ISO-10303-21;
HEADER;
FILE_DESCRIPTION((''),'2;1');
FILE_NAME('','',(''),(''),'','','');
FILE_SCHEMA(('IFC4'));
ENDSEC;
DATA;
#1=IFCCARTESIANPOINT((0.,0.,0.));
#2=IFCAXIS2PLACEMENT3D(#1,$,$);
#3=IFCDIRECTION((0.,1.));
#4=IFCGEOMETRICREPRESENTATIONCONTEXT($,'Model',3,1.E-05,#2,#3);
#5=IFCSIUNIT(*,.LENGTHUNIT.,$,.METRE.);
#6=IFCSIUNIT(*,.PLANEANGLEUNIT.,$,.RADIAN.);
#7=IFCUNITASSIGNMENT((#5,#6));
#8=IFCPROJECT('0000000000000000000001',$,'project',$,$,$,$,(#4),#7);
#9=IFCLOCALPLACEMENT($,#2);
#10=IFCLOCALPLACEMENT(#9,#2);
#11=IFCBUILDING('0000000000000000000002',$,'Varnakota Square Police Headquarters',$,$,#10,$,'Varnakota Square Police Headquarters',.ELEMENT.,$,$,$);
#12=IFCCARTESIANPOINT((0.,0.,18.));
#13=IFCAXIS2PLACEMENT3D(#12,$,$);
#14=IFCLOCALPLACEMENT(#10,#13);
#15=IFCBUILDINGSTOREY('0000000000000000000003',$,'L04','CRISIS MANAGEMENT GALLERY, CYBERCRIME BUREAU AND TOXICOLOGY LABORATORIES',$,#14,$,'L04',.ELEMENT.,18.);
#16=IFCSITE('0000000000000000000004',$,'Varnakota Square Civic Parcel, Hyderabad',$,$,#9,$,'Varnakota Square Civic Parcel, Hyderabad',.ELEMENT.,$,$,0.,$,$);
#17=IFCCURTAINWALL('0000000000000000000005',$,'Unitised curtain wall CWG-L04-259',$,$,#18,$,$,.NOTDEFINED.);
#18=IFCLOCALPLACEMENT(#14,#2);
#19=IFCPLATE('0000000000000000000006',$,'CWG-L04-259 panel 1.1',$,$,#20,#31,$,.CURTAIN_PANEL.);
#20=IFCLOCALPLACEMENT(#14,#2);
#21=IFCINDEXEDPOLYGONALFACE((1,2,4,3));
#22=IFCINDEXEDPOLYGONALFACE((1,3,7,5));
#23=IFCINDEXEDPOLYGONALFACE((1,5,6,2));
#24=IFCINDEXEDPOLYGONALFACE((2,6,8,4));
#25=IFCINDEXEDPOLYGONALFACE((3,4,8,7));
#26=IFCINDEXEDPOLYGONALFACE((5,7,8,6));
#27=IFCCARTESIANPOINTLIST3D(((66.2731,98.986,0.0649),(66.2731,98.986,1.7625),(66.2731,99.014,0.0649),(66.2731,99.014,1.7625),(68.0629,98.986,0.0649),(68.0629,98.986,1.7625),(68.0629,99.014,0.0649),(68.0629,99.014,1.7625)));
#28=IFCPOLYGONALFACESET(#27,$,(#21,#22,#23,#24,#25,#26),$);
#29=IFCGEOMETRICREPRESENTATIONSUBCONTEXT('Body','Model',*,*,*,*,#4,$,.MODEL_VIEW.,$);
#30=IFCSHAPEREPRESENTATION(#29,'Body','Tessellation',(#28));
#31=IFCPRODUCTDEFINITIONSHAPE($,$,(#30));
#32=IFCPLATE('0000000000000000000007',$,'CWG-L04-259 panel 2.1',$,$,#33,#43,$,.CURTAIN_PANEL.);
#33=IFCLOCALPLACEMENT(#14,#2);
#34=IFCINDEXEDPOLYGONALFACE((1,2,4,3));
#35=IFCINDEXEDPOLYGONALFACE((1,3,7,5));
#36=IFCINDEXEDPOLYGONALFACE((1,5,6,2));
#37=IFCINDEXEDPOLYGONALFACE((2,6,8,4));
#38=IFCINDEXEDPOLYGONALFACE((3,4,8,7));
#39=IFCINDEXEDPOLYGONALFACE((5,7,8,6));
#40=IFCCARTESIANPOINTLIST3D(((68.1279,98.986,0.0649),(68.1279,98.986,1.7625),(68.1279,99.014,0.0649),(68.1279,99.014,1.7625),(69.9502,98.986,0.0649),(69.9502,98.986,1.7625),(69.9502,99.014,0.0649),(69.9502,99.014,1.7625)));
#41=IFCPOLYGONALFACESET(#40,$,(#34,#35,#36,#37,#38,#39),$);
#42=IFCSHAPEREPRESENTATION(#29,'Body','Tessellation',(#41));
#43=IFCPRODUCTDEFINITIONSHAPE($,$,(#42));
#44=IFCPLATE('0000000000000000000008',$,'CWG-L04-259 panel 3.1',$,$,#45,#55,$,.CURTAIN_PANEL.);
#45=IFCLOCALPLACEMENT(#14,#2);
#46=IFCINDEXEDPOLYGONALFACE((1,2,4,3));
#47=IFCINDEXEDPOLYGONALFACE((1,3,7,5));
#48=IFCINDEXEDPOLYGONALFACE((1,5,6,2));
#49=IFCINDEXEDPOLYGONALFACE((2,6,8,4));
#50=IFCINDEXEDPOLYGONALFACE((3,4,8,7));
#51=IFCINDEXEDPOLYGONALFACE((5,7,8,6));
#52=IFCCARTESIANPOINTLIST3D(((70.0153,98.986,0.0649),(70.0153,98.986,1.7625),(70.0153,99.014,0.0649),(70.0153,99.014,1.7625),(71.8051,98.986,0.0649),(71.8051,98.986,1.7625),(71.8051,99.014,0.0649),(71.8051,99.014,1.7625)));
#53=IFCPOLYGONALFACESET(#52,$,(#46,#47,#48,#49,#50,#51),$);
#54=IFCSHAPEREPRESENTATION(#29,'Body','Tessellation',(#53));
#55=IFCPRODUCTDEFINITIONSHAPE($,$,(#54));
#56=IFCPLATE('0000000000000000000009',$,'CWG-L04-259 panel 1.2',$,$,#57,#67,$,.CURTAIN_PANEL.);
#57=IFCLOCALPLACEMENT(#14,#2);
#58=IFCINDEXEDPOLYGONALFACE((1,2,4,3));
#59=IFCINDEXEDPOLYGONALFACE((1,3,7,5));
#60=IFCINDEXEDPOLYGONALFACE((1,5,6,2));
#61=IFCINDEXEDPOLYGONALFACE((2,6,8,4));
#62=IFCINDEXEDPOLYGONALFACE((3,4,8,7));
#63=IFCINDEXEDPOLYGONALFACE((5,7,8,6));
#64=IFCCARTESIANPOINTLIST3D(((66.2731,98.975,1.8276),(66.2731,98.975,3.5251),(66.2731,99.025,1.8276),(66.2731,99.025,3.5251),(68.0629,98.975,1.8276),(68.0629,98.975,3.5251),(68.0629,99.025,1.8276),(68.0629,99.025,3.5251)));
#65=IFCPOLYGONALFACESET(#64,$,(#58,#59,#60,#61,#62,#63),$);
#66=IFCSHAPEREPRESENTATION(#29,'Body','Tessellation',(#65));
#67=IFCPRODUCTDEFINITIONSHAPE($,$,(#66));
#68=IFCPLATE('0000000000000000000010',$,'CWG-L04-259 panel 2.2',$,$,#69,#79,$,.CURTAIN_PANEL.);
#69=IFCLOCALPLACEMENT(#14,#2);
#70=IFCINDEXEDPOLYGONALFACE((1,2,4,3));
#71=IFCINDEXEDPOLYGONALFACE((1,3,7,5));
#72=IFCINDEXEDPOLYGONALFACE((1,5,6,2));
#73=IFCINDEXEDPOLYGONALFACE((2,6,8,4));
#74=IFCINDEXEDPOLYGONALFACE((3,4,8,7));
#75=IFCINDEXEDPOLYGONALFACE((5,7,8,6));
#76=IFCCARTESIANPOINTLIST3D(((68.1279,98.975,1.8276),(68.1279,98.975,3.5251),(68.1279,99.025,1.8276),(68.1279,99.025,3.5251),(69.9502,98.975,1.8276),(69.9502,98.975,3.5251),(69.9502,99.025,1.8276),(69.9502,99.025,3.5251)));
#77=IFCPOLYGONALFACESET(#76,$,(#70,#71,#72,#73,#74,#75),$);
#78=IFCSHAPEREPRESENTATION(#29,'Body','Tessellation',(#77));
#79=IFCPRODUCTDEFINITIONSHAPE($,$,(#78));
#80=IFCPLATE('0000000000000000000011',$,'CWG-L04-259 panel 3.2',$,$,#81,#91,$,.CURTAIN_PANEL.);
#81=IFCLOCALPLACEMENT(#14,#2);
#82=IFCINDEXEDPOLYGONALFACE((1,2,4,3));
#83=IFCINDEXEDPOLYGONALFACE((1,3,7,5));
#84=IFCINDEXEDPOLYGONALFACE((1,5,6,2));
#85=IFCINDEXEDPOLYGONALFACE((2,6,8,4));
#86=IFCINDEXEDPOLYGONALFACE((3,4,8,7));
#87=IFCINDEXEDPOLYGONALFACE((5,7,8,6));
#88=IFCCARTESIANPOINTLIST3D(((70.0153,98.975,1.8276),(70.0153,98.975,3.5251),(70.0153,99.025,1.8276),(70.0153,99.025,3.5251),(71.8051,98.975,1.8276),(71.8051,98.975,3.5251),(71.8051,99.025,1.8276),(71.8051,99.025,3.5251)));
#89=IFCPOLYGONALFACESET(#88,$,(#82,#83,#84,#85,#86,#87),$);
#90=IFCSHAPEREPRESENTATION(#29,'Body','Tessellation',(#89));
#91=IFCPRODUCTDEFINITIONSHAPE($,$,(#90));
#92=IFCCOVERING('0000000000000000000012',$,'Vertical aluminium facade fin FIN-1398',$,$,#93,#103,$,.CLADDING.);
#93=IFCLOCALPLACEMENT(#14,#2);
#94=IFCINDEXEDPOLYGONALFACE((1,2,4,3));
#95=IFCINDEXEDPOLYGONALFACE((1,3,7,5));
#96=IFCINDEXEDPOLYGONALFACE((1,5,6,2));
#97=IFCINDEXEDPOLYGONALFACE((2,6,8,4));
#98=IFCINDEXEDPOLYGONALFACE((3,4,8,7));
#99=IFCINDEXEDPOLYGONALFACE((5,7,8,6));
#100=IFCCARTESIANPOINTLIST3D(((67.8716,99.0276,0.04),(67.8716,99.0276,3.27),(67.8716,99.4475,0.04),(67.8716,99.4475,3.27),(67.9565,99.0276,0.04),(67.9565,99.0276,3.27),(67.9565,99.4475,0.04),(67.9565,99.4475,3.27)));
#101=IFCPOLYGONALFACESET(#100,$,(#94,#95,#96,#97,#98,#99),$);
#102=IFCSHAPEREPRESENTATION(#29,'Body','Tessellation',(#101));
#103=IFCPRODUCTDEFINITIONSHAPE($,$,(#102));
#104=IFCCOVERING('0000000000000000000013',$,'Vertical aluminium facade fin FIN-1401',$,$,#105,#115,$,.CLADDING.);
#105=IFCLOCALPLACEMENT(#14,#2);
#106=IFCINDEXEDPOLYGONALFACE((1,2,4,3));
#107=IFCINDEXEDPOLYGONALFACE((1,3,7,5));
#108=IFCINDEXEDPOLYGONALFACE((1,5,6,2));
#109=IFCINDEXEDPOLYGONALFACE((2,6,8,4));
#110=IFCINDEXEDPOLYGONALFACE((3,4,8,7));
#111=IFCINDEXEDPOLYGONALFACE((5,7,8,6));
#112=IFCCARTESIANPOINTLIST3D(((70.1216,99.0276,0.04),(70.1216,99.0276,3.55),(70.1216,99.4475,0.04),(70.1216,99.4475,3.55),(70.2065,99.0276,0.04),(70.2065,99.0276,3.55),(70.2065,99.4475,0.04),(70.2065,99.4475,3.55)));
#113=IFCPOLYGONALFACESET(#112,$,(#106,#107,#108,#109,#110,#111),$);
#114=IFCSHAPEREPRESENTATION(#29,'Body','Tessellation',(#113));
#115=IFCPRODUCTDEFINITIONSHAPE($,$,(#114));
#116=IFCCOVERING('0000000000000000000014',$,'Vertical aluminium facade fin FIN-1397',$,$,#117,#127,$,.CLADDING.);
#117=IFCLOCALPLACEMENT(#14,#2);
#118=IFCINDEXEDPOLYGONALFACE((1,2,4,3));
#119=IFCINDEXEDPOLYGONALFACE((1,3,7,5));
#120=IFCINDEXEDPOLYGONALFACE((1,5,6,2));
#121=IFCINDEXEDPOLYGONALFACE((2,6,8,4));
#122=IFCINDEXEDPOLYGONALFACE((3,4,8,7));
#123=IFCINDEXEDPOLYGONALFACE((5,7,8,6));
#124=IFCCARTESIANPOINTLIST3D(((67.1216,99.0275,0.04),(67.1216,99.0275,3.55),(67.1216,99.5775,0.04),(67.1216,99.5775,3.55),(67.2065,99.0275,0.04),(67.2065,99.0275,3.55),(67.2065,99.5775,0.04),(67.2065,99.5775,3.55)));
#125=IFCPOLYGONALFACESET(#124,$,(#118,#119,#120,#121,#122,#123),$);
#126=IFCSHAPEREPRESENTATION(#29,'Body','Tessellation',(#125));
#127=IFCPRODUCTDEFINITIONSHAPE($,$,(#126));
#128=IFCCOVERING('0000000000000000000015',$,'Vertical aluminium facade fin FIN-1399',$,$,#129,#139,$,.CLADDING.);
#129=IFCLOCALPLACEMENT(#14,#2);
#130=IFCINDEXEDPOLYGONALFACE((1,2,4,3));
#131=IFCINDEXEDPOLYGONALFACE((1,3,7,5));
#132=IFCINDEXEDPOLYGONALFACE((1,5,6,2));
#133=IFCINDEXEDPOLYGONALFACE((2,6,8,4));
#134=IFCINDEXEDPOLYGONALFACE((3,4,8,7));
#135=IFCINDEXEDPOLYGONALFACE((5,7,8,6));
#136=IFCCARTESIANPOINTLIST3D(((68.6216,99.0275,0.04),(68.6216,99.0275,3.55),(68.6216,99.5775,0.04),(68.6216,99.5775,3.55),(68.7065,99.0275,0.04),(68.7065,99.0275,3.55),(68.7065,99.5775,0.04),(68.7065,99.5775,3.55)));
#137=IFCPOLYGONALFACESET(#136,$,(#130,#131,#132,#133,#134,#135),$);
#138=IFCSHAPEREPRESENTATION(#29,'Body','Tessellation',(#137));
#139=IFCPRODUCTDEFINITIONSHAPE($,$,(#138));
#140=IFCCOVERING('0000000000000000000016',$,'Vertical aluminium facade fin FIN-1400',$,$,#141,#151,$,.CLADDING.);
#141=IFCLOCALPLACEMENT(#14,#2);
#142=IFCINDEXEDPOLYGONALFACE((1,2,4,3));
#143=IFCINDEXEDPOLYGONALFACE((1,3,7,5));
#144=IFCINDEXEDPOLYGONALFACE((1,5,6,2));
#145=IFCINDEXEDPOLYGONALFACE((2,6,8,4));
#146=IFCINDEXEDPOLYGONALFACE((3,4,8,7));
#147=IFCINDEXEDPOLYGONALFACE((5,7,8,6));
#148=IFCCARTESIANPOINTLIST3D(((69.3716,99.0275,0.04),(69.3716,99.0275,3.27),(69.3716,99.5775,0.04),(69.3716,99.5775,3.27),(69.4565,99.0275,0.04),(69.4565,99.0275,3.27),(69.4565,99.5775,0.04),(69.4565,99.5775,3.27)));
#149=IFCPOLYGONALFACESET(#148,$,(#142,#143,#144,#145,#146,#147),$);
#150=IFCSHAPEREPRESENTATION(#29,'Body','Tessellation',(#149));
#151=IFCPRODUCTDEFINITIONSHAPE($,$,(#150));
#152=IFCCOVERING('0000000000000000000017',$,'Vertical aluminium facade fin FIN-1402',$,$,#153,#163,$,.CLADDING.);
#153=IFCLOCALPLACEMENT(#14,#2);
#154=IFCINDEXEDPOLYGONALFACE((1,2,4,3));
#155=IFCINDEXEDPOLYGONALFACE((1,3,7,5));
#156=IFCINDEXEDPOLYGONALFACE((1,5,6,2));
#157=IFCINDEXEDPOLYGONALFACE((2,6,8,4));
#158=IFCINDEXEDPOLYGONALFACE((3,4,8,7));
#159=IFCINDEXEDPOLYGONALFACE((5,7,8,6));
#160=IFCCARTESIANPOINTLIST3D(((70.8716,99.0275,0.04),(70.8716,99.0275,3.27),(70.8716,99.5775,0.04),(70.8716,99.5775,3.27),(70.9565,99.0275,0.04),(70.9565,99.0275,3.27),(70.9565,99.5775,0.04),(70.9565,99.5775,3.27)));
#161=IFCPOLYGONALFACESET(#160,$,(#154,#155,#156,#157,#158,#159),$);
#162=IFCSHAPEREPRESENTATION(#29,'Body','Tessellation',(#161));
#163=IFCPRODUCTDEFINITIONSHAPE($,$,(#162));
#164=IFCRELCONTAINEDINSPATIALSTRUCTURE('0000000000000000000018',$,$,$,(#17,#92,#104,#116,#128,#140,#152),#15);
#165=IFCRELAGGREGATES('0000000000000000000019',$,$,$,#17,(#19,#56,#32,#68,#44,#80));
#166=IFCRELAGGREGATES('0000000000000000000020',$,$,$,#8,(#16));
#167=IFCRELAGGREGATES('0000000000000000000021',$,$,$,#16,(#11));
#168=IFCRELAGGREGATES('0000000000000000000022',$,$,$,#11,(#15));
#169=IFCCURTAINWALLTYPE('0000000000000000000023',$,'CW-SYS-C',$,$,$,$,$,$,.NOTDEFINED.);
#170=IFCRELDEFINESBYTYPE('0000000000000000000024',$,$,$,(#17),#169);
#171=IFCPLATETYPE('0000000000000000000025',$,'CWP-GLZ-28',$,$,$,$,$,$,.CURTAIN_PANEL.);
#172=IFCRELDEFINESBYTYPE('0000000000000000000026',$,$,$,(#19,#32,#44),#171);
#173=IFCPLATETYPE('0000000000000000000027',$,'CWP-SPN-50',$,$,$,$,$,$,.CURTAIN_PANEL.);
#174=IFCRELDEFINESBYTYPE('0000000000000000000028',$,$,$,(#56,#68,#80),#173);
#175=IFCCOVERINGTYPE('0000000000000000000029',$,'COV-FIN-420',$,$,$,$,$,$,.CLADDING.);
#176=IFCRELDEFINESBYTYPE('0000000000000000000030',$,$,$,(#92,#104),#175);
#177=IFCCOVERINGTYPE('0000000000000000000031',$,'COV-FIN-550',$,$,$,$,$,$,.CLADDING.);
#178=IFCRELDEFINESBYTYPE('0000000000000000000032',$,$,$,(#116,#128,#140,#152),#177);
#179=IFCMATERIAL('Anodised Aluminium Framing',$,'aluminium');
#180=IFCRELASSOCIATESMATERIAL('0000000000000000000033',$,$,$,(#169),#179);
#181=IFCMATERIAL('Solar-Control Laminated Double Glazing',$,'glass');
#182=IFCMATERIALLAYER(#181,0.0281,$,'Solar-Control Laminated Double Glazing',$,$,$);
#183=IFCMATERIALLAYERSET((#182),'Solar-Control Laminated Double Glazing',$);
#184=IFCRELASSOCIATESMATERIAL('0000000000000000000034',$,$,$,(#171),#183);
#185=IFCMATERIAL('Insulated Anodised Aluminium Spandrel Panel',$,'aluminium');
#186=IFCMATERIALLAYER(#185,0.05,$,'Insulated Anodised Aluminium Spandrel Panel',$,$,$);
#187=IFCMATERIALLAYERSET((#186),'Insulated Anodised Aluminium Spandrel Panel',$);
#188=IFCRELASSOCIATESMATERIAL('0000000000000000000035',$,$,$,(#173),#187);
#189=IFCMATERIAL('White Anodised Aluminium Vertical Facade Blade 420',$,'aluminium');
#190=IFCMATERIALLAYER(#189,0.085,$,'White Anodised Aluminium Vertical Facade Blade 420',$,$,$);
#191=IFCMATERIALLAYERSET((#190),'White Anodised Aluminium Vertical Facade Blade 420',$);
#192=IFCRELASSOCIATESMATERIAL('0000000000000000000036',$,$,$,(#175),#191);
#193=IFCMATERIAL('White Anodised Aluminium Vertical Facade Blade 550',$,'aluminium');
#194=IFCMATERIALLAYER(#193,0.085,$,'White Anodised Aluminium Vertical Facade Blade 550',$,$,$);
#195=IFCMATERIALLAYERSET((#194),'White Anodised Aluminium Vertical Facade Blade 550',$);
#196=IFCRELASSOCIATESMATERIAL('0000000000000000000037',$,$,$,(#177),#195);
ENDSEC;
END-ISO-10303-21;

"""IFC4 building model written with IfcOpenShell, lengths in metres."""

from ifc_helpers import new_model, si_unit, direction, frame, origin, origin_2d, place, context, subcontext, project, spatial, rectangle, extrude, material, layer, layer_set, type_object, element, aggregate, save


model = new_model("IFC4")

# Units and contexts
model_context = context("Model", 3, precision=1e-05, world=origin(), true_north=direction((0.0, 1.0)))
body_context = subcontext(model_context, "Body", "Model", "MODEL_VIEW")
ifc_project = project(units=[si_unit("LENGTHUNIT", "METRE"), si_unit("PLANEANGLEUNIT", "RADIAN")], contexts=[model_context])

# Site, building, storey
site_placement = place(None, origin())
site = spatial("IfcSite", under=ifc_project, at=site_placement, Name="Varnakota Square Civic Parcel, Hyderabad", LongName="Varnakota Square Civic Parcel, Hyderabad", CompositionType="ELEMENT", RefElevation=0.0)
building_placement = place(site_placement, origin())
building = spatial("IfcBuilding", under=site, at=building_placement, Name="Varnakota Square Police Headquarters", LongName="Varnakota Square Police Headquarters", CompositionType="ELEMENT")
storey_placement = place(building_placement, frame((0.0, 0.0, 18.0)))
storey = spatial("IfcBuildingStorey", under=building, at=storey_placement, Name="L04", Description="CRISIS MANAGEMENT GALLERY, CYBERCRIME BUREAU AND TOXICOLOGY LABORATORIES", LongName="L04", CompositionType="ELEMENT", Elevation=18.0)

# Curtain wall
ifc_material_1 = material(Name="Anodised Aluminium Framing", Category="aluminium")
curtain_wall_type = type_object("IfcCurtainWallType", Name="CW-SYS-C", PredefinedType="NOTDEFINED", material=ifc_material_1)
curtain_wall_1_placement = place(storey_placement, origin())
curtain_wall_1 = element("IfcCurtainWall", 1, at=curtain_wall_1_placement, inside=storey, type_object=curtain_wall_type, Name="Unitised curtain wall CWG-L04-259", PredefinedType="NOTDEFINED")

# Plates
ifc_material_2 = material(Name="Solar-Control Laminated Double Glazing", Category="glass")
ifc_layer_1 = layer(ifc_material_2, 0.0281, Name="Solar-Control Laminated Double Glazing")
ifc_layer_set_1 = layer_set([ifc_layer_1], Name="Solar-Control Laminated Double Glazing")
plate_type_1 = type_object("IfcPlateType", Name="CWP-GLZ-28", PredefinedType="CURTAIN_PANEL", material=ifc_layer_set_1)
plate_1_placement = place(storey_placement, frame((67.168, 99.0, 0.0649), z_axis=(0.0, 0.0, 1.0), x_axis=(1.0, 0.0, 0.0)))
plate_1 = element("IfcPlate", 2, at=plate_1_placement, type_object=plate_type_1, Name="CWG-L04-259 panel 1.1", PredefinedType="CURTAIN_PANEL", context=body_context, shape_type="SweptSolid", body=[
    extrude(rectangle(XDim=1.7898, YDim=0.0281, at=origin_2d()), origin(), (0.0, 0.0, 1.0), 1.6975),
])
plate_2_placement = place(storey_placement, frame((69.0391, 99.0, 0.0649), z_axis=(0.0, 0.0, 1.0), x_axis=(1.0, 0.0, 0.0)))
plate_2 = element("IfcPlate", 3, at=plate_2_placement, type_object=plate_type_1, Name="CWG-L04-259 panel 2.1", PredefinedType="CURTAIN_PANEL", context=body_context, shape_type="SweptSolid", body=[
    extrude(rectangle(XDim=1.8223, YDim=0.0281, at=origin_2d()), origin(), (0.0, 0.0, 1.0), 1.6975),
])
plate_3_placement = place(storey_placement, frame((70.9102, 99.0, 0.0649), z_axis=(0.0, 0.0, 1.0), x_axis=(1.0, 0.0, 0.0)))
plate_3 = element("IfcPlate", 4, at=plate_3_placement, type_object=plate_type_1, Name="CWG-L04-259 panel 3.1", PredefinedType="CURTAIN_PANEL", context=body_context, shape_type="SweptSolid", body=[
    extrude(rectangle(XDim=1.7898, YDim=0.0281, at=origin_2d()), origin(), (0.0, 0.0, 1.0), 1.6975),
])
ifc_material_3 = material(Name="Insulated Anodised Aluminium Spandrel Panel", Category="aluminium")
ifc_layer_2 = layer(ifc_material_3, 0.05, Name="Insulated Anodised Aluminium Spandrel Panel")
ifc_layer_set_2 = layer_set([ifc_layer_2], Name="Insulated Anodised Aluminium Spandrel Panel")
plate_type_2 = type_object("IfcPlateType", Name="CWP-SPN-50", PredefinedType="CURTAIN_PANEL", material=ifc_layer_set_2)
plate_4_placement = place(storey_placement, frame((67.168, 99.0, 1.8276), z_axis=(0.0, 0.0, 1.0), x_axis=(1.0, 0.0, 0.0)))
plate_4 = element("IfcPlate", 5, at=plate_4_placement, type_object=plate_type_2, Name="CWG-L04-259 panel 1.2", PredefinedType="CURTAIN_PANEL", context=body_context, shape_type="SweptSolid", body=[
    extrude(rectangle(XDim=1.7898, YDim=0.05, at=origin_2d()), origin(), (0.0, 0.0, 1.0), 1.6975),
])
plate_5_placement = place(storey_placement, frame((69.0391, 99.0, 1.8276), z_axis=(0.0, 0.0, 1.0), x_axis=(1.0, 0.0, 0.0)))
plate_5 = element("IfcPlate", 6, at=plate_5_placement, type_object=plate_type_2, Name="CWG-L04-259 panel 2.2", PredefinedType="CURTAIN_PANEL", context=body_context, shape_type="SweptSolid", body=[
    extrude(rectangle(XDim=1.8223, YDim=0.05, at=origin_2d()), origin(), (0.0, 0.0, 1.0), 1.6975),
])
plate_6_placement = place(storey_placement, frame((70.9102, 99.0, 1.8276), z_axis=(0.0, 0.0, 1.0), x_axis=(1.0, 0.0, 0.0)))
plate_6 = element("IfcPlate", 7, at=plate_6_placement, type_object=plate_type_2, Name="CWG-L04-259 panel 3.2", PredefinedType="CURTAIN_PANEL", context=body_context, shape_type="SweptSolid", body=[
    extrude(rectangle(XDim=1.7898, YDim=0.05, at=origin_2d()), origin(), (0.0, 0.0, 1.0), 1.6975),
])
aggregate(curtain_wall_1, [plate_1, plate_4, plate_2, plate_5, plate_3, plate_6])

# Coverings
ifc_material_4 = material(Name="White Anodised Aluminium Vertical Facade Blade 420", Category="aluminium")
ifc_layer_3 = layer(ifc_material_4, 0.085, Name="White Anodised Aluminium Vertical Facade Blade 420")
ifc_layer_set_3 = layer_set([ifc_layer_3], Name="White Anodised Aluminium Vertical Facade Blade 420")
covering_type_1 = type_object("IfcCoveringType", Name="COV-FIN-420", PredefinedType="CLADDING", material=ifc_layer_set_3)
covering_1_placement = place(storey_placement, frame((67.9141, 99.2375, 0.04), z_axis=(0.0, 0.0, 1.0), x_axis=(1.0, 0.0, 0.0)))
element("IfcCovering", 8, at=covering_1_placement, inside=storey, type_object=covering_type_1, Name="Vertical aluminium facade fin FIN-1398", PredefinedType="CLADDING", context=body_context, shape_type="SweptSolid", body=[
    extrude(rectangle(XDim=0.085, YDim=0.4199, at=origin_2d()), origin(), (0.0, 0.0, 1.0), 3.23),
])
covering_2_placement = place(storey_placement, frame((70.1641, 99.2375, 0.04), z_axis=(0.0, 0.0, 1.0), x_axis=(1.0, 0.0, 0.0)))
element("IfcCovering", 9, at=covering_2_placement, inside=storey, type_object=covering_type_1, Name="Vertical aluminium facade fin FIN-1401", PredefinedType="CLADDING", context=body_context, shape_type="SweptSolid", body=[
    extrude(rectangle(XDim=0.085, YDim=0.4199, at=origin_2d()), origin(), (0.0, 0.0, 1.0), 3.51),
])
ifc_material_5 = material(Name="White Anodised Aluminium Vertical Facade Blade 550", Category="aluminium")
ifc_layer_4 = layer(ifc_material_5, 0.085, Name="White Anodised Aluminium Vertical Facade Blade 550")
ifc_layer_set_4 = layer_set([ifc_layer_4], Name="White Anodised Aluminium Vertical Facade Blade 550")
covering_type_2 = type_object("IfcCoveringType", Name="COV-FIN-550", PredefinedType="CLADDING", material=ifc_layer_set_4)
for number, where, z_axis, x_axis, name in (
    (10, (67.1641, 99.3025, 0.04), (0.0, 0.0, 1.0), (1.0, 0.0, 0.0), "Vertical aluminium facade fin FIN-1397"),
    (11, (68.6641, 99.3025, 0.04), (0.0, 0.0, 1.0), (1.0, 0.0, 0.0), "Vertical aluminium facade fin FIN-1399"),
):
    element("IfcCovering", number, at=place(storey_placement, frame(where, z_axis=z_axis, x_axis=x_axis)), inside=storey, type_object=covering_type_2, Name=name, PredefinedType="CLADDING", context=body_context, shape_type="SweptSolid", body=[
        extrude(rectangle(XDim=0.085, YDim=0.55, at=origin_2d()), origin(), (0.0, 0.0, 1.0), 3.51),
    ])
for number, where, z_axis, x_axis, name in (
    (12, (69.4141, 99.3025, 0.04), (0.0, 0.0, 1.0), (1.0, 0.0, 0.0), "Vertical aluminium facade fin FIN-1400"),
    (13, (70.9141, 99.3025, 0.04), (0.0, 0.0, 1.0), (1.0, 0.0, 0.0), "Vertical aluminium facade fin FIN-1402"),
):
    element("IfcCovering", number, at=place(storey_placement, frame(where, z_axis=z_axis, x_axis=x_axis)), inside=storey, type_object=covering_type_2, Name=name, PredefinedType="CLADDING", context=body_context, shape_type="SweptSolid", body=[
        extrude(rectangle(XDim=0.085, YDim=0.55, at=origin_2d()), origin(), (0.0, 0.0, 1.0), 3.23),
    ])

save(model, "model.ifc")
